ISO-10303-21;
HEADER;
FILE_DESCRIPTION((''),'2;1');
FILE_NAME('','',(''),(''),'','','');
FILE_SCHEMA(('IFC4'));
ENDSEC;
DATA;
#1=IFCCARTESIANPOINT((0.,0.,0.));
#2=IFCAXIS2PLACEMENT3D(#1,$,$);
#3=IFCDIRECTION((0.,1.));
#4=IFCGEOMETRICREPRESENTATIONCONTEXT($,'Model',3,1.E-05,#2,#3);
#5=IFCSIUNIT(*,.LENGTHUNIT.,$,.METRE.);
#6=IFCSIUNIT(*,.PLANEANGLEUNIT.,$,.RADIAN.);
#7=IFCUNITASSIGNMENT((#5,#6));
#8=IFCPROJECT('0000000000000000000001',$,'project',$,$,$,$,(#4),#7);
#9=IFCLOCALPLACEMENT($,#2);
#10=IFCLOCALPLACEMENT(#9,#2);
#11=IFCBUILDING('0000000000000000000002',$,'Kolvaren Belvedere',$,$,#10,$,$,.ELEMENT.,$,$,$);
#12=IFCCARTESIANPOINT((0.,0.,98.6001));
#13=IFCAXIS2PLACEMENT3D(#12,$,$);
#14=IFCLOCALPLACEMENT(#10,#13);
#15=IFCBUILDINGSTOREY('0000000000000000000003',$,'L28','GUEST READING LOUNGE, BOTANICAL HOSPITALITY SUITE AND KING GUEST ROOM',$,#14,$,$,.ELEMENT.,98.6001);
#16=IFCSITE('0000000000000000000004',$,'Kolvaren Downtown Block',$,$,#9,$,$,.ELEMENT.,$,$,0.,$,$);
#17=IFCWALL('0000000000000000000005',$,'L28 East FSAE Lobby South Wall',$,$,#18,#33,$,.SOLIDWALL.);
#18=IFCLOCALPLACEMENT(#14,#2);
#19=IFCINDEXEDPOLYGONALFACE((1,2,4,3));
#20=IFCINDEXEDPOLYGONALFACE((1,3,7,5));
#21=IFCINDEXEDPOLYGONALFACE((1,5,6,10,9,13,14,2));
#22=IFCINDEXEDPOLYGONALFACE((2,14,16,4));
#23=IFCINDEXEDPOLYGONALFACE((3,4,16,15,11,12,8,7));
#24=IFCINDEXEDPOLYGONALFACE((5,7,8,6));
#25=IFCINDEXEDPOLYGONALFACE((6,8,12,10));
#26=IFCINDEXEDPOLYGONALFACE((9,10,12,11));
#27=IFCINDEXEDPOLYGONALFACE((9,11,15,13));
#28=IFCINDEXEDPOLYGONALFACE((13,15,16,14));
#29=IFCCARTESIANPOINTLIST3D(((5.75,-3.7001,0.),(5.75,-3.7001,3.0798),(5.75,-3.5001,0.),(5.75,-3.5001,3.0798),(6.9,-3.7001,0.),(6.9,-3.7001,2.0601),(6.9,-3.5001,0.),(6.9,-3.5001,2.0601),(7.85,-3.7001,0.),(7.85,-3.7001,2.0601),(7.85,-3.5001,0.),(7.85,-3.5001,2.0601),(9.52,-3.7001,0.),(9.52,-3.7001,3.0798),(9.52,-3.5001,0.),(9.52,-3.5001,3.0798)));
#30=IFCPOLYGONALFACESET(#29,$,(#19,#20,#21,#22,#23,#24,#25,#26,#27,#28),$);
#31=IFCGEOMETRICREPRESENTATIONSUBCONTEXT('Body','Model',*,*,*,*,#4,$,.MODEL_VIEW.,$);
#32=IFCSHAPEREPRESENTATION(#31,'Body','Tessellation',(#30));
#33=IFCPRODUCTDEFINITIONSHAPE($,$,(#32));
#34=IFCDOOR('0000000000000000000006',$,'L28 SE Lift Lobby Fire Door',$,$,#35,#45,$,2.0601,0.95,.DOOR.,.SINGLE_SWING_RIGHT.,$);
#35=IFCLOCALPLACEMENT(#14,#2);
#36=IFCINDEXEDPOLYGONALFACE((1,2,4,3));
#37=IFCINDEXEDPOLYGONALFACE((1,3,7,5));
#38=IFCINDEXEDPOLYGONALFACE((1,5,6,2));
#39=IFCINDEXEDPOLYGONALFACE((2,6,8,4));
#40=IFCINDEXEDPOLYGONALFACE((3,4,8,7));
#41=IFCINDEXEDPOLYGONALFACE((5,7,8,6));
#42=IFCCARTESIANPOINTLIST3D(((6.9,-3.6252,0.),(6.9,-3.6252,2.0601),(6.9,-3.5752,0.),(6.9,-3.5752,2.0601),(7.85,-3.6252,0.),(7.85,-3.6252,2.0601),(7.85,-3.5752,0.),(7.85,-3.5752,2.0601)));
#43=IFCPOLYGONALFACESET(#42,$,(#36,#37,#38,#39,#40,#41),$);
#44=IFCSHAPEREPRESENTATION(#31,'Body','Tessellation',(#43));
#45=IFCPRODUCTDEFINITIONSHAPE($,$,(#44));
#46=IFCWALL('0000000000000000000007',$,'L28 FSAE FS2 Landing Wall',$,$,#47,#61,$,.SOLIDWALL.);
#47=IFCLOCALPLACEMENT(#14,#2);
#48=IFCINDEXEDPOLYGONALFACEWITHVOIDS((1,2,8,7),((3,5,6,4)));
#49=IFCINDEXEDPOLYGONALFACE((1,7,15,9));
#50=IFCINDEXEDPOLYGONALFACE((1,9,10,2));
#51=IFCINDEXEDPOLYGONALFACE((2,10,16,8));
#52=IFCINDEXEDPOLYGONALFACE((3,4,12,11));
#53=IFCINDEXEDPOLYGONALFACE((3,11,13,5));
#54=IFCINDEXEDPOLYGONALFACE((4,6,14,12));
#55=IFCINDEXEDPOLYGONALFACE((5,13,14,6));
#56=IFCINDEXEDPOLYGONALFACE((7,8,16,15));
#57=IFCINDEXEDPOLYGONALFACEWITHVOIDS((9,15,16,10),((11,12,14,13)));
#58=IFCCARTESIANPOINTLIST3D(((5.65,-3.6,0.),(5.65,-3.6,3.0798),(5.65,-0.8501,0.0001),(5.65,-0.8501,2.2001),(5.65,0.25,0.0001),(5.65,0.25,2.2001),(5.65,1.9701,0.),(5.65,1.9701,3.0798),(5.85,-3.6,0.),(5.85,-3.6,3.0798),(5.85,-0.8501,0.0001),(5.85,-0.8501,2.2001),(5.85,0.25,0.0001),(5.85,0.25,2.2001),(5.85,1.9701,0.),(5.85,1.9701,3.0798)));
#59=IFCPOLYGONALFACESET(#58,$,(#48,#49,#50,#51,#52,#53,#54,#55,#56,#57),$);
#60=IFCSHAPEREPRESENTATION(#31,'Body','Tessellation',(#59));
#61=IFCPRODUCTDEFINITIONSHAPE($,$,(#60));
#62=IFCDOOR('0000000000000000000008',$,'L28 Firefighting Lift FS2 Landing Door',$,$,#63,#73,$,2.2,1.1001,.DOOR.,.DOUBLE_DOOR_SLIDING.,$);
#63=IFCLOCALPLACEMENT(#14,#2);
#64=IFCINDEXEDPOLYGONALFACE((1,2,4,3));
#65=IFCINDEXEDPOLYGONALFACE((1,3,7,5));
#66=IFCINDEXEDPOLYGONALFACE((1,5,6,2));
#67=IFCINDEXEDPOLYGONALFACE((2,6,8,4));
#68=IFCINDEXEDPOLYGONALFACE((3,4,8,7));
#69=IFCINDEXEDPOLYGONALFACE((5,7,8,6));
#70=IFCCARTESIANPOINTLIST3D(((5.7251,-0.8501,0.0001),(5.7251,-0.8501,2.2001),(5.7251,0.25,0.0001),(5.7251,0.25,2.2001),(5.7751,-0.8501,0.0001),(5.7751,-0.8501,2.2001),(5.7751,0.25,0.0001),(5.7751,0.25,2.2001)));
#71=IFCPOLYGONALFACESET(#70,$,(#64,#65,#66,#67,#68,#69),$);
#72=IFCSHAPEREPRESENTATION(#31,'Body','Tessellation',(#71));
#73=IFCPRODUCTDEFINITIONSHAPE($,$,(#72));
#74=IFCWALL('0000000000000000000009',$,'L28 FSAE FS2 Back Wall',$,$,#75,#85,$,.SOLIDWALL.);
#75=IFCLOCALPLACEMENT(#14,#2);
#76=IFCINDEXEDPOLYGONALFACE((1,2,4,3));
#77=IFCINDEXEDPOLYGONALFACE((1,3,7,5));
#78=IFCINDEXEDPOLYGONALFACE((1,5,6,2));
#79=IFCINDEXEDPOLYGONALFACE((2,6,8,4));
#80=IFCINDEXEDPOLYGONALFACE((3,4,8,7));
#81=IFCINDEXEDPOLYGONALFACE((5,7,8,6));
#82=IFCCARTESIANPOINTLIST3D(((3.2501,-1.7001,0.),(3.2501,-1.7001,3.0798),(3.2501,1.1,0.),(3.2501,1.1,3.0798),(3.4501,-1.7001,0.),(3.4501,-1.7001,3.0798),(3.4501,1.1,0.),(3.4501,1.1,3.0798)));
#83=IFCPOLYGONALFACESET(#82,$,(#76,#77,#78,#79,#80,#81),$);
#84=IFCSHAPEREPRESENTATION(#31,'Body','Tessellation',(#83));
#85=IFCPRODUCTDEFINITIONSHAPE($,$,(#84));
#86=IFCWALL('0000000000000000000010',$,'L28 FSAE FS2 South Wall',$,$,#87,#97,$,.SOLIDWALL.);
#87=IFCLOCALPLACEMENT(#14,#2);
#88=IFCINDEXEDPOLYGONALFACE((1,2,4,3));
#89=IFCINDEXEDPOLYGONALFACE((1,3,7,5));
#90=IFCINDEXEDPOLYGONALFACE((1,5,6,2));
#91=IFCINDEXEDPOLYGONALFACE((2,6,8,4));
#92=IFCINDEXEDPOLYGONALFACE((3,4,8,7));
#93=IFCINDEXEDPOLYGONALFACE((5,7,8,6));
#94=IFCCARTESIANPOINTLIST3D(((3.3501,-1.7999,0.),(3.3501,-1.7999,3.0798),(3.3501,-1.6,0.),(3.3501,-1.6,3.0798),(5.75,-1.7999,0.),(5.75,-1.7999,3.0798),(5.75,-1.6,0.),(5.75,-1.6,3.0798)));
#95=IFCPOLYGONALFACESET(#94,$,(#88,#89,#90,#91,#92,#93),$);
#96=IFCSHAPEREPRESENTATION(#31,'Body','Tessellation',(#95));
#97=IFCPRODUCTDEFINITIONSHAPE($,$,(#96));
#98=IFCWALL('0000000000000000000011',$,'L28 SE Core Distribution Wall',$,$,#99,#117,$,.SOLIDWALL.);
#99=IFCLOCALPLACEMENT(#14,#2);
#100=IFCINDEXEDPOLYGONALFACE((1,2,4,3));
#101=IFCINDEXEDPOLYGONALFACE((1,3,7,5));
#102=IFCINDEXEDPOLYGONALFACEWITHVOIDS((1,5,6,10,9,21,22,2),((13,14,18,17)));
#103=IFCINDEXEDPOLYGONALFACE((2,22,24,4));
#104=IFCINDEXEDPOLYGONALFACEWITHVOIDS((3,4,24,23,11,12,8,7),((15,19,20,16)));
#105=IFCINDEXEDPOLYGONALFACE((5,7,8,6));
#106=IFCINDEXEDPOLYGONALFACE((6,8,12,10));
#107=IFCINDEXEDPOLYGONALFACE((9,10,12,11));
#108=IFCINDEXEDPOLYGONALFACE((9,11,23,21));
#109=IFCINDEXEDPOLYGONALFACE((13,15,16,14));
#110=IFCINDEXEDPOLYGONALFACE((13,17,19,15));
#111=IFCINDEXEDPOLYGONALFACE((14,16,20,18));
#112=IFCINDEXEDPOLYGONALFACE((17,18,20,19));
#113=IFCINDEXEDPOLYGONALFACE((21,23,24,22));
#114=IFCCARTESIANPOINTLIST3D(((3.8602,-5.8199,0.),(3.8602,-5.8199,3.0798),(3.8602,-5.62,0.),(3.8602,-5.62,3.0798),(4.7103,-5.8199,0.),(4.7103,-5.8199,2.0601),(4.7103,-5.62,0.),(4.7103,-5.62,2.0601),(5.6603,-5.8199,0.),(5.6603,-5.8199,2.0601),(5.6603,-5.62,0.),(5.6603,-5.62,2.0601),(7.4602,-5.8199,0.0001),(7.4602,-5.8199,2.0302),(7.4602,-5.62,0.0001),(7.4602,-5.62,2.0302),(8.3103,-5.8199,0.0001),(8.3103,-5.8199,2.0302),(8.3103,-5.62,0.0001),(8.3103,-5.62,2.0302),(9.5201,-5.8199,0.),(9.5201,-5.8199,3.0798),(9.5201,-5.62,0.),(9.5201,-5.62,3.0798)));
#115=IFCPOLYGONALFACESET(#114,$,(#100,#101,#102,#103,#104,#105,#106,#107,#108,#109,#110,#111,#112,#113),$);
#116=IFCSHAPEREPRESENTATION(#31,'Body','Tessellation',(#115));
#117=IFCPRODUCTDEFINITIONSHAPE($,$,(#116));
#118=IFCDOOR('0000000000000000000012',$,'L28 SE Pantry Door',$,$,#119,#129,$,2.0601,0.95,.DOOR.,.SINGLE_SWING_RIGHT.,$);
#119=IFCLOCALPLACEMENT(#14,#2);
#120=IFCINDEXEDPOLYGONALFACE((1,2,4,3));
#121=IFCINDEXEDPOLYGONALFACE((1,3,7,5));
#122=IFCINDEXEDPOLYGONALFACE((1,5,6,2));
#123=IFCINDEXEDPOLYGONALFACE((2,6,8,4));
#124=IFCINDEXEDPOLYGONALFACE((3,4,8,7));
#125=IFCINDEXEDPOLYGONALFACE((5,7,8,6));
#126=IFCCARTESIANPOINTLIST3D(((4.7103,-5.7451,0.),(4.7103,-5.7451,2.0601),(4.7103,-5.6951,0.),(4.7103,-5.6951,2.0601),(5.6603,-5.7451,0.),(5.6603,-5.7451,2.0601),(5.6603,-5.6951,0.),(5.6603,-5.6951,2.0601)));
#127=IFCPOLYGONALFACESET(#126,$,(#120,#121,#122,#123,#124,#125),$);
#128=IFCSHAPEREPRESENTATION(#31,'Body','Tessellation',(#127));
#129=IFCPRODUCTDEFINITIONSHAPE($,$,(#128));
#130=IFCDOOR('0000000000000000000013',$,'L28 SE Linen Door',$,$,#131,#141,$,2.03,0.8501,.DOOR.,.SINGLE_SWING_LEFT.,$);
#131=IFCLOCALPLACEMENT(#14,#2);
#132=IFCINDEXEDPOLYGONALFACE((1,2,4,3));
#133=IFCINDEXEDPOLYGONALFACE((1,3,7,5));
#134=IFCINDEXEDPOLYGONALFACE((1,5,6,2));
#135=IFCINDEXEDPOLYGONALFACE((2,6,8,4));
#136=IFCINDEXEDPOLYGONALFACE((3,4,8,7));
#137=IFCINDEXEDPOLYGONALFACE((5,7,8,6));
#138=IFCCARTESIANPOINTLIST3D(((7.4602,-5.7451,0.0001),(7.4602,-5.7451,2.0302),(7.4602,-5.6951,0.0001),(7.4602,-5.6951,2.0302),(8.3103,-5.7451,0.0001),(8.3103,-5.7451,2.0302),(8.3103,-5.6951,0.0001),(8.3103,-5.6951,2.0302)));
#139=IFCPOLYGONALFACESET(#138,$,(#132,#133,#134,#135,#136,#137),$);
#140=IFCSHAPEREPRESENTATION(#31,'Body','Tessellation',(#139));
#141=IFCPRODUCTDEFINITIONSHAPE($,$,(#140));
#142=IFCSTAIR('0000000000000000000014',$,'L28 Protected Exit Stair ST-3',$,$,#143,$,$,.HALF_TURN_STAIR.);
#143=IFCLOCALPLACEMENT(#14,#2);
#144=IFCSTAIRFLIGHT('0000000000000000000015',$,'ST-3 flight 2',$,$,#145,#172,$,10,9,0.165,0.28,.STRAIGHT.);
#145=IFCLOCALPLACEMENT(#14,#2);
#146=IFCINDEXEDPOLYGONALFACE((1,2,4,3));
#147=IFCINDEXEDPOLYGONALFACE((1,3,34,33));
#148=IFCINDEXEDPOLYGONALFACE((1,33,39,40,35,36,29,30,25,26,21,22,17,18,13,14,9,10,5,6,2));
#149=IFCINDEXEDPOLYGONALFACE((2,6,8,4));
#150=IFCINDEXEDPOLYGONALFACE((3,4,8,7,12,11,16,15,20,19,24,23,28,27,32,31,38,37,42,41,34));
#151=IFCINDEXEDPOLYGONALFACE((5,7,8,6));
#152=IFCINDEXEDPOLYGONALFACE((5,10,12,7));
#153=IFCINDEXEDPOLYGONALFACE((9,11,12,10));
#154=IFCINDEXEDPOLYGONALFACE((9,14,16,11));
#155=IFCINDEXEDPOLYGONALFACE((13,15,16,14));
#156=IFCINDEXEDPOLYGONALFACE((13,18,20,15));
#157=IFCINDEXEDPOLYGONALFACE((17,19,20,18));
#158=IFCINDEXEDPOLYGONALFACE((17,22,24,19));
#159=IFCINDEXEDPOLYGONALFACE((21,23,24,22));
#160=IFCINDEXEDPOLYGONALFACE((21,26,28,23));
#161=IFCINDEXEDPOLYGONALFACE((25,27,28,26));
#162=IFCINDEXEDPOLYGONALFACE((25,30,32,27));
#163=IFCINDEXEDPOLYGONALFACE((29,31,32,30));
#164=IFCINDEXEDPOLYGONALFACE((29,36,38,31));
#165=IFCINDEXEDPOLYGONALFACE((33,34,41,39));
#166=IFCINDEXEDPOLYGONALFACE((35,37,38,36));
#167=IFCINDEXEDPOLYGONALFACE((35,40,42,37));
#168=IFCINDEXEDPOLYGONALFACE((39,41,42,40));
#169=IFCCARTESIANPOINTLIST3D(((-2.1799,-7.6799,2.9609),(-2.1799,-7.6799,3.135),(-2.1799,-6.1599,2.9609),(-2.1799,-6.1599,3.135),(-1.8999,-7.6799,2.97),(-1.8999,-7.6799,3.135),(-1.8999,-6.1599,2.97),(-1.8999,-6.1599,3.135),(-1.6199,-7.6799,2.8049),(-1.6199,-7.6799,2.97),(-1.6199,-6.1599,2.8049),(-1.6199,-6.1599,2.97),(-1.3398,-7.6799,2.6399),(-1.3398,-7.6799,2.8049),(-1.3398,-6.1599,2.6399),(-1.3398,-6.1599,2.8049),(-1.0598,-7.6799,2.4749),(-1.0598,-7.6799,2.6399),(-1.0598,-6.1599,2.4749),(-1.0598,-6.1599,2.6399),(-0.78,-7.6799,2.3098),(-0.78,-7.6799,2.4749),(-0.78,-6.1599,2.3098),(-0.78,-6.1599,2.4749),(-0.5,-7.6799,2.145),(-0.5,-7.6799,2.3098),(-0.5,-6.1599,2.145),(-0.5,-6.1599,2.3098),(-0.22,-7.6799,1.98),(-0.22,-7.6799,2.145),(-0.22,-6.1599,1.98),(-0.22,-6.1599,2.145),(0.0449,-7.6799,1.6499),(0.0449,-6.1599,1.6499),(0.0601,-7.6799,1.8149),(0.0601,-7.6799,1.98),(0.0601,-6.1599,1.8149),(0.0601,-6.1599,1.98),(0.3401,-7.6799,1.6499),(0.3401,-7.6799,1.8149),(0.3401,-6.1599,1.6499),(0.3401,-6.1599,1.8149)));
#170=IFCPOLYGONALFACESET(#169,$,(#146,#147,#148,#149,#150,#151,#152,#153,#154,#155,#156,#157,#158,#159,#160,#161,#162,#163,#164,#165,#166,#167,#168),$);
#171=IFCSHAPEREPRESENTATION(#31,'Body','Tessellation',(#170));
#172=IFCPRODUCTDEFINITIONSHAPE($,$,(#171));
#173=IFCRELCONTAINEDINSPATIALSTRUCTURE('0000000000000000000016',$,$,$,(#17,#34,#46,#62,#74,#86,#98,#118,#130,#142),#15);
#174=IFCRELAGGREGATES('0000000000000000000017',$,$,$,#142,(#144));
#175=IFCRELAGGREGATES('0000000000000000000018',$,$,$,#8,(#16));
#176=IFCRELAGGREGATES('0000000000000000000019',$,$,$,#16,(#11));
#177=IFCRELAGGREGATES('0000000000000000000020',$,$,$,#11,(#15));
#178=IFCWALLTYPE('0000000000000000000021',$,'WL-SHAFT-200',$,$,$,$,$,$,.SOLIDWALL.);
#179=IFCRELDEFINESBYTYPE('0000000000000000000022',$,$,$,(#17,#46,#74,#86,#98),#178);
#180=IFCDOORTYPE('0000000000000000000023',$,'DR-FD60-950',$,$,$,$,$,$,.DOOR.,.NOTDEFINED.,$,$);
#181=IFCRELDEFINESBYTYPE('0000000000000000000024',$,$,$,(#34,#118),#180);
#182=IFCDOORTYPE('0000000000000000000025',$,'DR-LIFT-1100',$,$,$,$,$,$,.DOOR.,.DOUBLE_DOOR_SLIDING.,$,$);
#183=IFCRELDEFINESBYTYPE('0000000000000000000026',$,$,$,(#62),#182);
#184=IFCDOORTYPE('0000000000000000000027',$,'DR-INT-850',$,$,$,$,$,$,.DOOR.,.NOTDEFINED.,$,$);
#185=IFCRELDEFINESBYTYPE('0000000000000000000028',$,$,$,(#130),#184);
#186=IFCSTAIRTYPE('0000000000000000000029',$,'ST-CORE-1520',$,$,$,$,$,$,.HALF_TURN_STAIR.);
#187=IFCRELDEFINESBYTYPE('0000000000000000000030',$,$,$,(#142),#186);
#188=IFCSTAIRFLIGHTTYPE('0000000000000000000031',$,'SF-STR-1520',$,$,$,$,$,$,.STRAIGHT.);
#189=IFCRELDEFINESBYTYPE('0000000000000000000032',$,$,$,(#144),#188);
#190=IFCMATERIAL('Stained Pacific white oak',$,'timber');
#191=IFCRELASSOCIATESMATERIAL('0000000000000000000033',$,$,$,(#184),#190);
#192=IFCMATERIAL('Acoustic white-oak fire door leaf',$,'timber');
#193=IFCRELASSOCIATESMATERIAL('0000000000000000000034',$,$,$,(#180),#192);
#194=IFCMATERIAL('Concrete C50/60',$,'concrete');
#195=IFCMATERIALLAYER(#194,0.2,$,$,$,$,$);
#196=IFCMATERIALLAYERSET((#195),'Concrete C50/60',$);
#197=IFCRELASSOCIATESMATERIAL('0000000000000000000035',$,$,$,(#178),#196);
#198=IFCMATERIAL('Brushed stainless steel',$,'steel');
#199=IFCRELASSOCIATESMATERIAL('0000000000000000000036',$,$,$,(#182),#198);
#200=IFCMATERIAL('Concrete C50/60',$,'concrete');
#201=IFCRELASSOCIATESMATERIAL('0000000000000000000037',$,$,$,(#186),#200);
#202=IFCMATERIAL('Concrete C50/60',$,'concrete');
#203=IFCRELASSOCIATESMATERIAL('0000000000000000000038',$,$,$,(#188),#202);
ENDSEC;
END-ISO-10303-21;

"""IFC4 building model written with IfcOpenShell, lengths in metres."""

from ifc_helpers import new_model, si_unit, direction, frame, frame_2d, origin, place, context, subcontext, project, spatial, polyline, rectangle, outline, extrude, material, layer, layer_set, type_object, element, fill, aggregate, save


model = new_model("IFC4")

# Units and contexts
model_context = context("Model", 3, precision=1e-05, world=origin(), true_north=direction((0.0, 1.0)))
body_context = subcontext(model_context, "Body", "Model", "MODEL_VIEW")
ifc_project = project(units=[si_unit("LENGTHUNIT", "METRE"), si_unit("PLANEANGLEUNIT", "RADIAN")], contexts=[model_context])

# Site, building, storey
site_placement = place(None, origin())
site = spatial("IfcSite", under=ifc_project, at=site_placement, Name="Kolvaren Downtown Block", CompositionType="ELEMENT", RefElevation=0.0)
building_placement = place(site_placement, origin())
building = spatial("IfcBuilding", under=site, at=building_placement, Name="Kolvaren Belvedere", CompositionType="ELEMENT")
storey_placement = place(building_placement, frame((0.0, 0.0, 98.6001)))
storey = spatial("IfcBuildingStorey", under=building, at=storey_placement, Name="L28", Description="GUEST READING LOUNGE, BOTANICAL HOSPITALITY SUITE AND KING GUEST ROOM", CompositionType="ELEMENT", Elevation=98.6001)

# Shared definitions
ifc_material_1 = material(Name="Stained Pacific white oak", Category="timber")
door_type_1 = type_object("IfcDoorType", Name="DR-INT-850", OperationType="NOTDEFINED", PredefinedType="DOOR", material=ifc_material_1)

# Walls, openings, doors
ifc_material_2 = material(Name="Acoustic white-oak fire door leaf", Category="timber")
door_type_2 = type_object("IfcDoorType", Name="DR-FD60-950", OperationType="NOTDEFINED", PredefinedType="DOOR", material=ifc_material_2)
ifc_material_3 = material(Name="Concrete C50/60", Category="concrete")
ifc_layer_1 = layer(ifc_material_3, 0.2)
ifc_layer_set_1 = layer_set([ifc_layer_1], Name="Concrete C50/60")
wall_type_1 = type_object("IfcWallType", Name="WL-SHAFT-200", PredefinedType="SOLIDWALL", material=ifc_layer_set_1)
wall_1_placement = place(storey_placement, frame((5.75, -3.6001, 0.0), z_axis=(0.0, 0.0, 1.0), x_axis=(1.0, 0.0, 0.0)))
wall_1 = element("IfcWall", 1, at=wall_1_placement, inside=storey, type_object=wall_type_1, Name="L28 East FSAE Lobby South Wall", PredefinedType="SOLIDWALL", context=body_context, shape_type="SweptSolid", body=[
    extrude(rectangle(XDim=3.77, YDim=0.2, at=frame_2d((1.885, 0.0))), origin(), (0.0, 0.0, 1.0), 3.0798),
])
opening_1_placement = place(wall_1_placement, frame((1.1499, 0.0, 0.0)))
opening_1 = element("IfcOpeningElement", 2, at=opening_1_placement, cuts=wall_1, PredefinedType="OPENING", context=body_context, shape_type="SweptSolid", body=[
    extrude(rectangle(XDim=0.95, YDim=2.0601, at=frame_2d((0.4751, 1.03))), frame((0.0, 0.1099, 0.0), z_axis=(0.0, -1.0, 0.0), x_axis=(1.0, 0.0, 0.0)), (0.0, 0.0, 1.0), 0.22),
])
door_1_placement = place(opening_1_placement, origin())
door_1 = element("IfcDoor", 3, at=door_1_placement, inside=storey, type_object=door_type_2, Name="L28 SE Lift Lobby Fire Door", OperationType="SINGLE_SWING_RIGHT", OverallHeight=2.0601, OverallWidth=0.95, PredefinedType="DOOR", context=body_context, shape_type="SweptSolid", body=[
    extrude(rectangle(XDim=0.95, YDim=2.0601, at=frame_2d((0.4751, 1.03))), frame((0.0, 0.0249, 0.0), z_axis=(0.0, -1.0, 0.0), x_axis=(1.0, 0.0, 0.0)), (0.0, 0.0, 1.0), 0.05),
])
fill(opening_1, door_1)
wall_2_placement = place(storey_placement, frame((5.75, -3.6001, 0.0), z_axis=(0.0, 0.0, 1.0), x_axis=(0.0, 1.0, 0.0)))
wall_2 = element("IfcWall", 4, at=wall_2_placement, inside=storey, type_object=wall_type_1, Name="L28 FSAE FS2 Landing Wall", PredefinedType="SOLIDWALL", context=body_context, shape_type="SweptSolid", body=[
    extrude(rectangle(XDim=5.5701, YDim=0.2, at=frame_2d((2.7852, 0.0))), origin(), (0.0, 0.0, 1.0), 3.0798),
])
opening_2_placement = place(wall_2_placement, frame((2.75, 0.0, 0.0)))
opening_2 = element("IfcOpeningElement", 5, at=opening_2_placement, cuts=wall_2, PredefinedType="OPENING", context=body_context, shape_type="SweptSolid", body=[
    extrude(rectangle(XDim=1.1001, YDim=2.2, at=frame_2d((0.55, 1.1001))), frame((0.0, 0.1099, 0.0), z_axis=(0.0, -1.0, 0.0), x_axis=(1.0, 0.0, 0.0)), (0.0, 0.0, 1.0), 0.22),
])
ifc_material_4 = material(Name="Brushed stainless steel", Category="steel")
door_type_3 = type_object("IfcDoorType", Name="DR-LIFT-1100", OperationType="DOUBLE_DOOR_SLIDING", PredefinedType="DOOR", material=ifc_material_4)
door_2_placement = place(opening_2_placement, origin())
door_2 = element("IfcDoor", 6, at=door_2_placement, inside=storey, type_object=door_type_3, Name="L28 Firefighting Lift FS2 Landing Door", OperationType="DOUBLE_DOOR_SLIDING", OverallHeight=2.2, OverallWidth=1.1001, PredefinedType="DOOR", context=body_context, shape_type="SweptSolid", body=[
    extrude(rectangle(XDim=1.1001, YDim=2.2, at=frame_2d((0.55, 1.1001))), frame((0.0, 0.0249, 0.0), z_axis=(0.0, -1.0, 0.0), x_axis=(1.0, 0.0, 0.0)), (0.0, 0.0, 1.0), 0.05),
])
fill(opening_2, door_2)

# Walls
wall_3_placement = place(storey_placement, frame((3.3501, -1.7, 0.0), z_axis=(0.0, 0.0, 1.0), x_axis=(0.0, 1.0, 0.0)))
element("IfcWall", 7, at=wall_3_placement, inside=storey, type_object=wall_type_1, Name="L28 FSAE FS2 Back Wall", PredefinedType="SOLIDWALL", context=body_context, shape_type="SweptSolid", body=[
    extrude(rectangle(XDim=2.8, YDim=0.2, at=frame_2d((1.3999, 0.0))), origin(), (0.0, 0.0, 1.0), 3.0798),
])
wall_4_placement = place(storey_placement, frame((3.3501, -1.7, 0.0), z_axis=(0.0, 0.0, 1.0), x_axis=(1.0, 0.0, 0.0)))
element("IfcWall", 8, at=wall_4_placement, inside=storey, type_object=wall_type_1, Name="L28 FSAE FS2 South Wall", PredefinedType="SOLIDWALL", context=body_context, shape_type="SweptSolid", body=[
    extrude(rectangle(XDim=2.3999, YDim=0.2, at=frame_2d((1.2, 0.0))), origin(), (0.0, 0.0, 1.0), 3.0798),
])

# Wall, openings, doors
wall_5_placement = place(storey_placement, frame((3.8601, -5.72, 0.0), z_axis=(0.0, 0.0, 1.0), x_axis=(1.0, 0.0, 0.0)))
wall_5 = element("IfcWall", 9, at=wall_5_placement, inside=storey, type_object=wall_type_1, Name="L28 SE Core Distribution Wall", PredefinedType="SOLIDWALL", context=body_context, shape_type="SweptSolid", body=[
    extrude(rectangle(XDim=5.6599, YDim=0.2, at=frame_2d((2.8301, 0.0))), origin(), (0.0, 0.0, 1.0), 3.0798),
])
opening_3_placement = place(wall_5_placement, frame((0.8501, 0.0, 0.0)))
opening_3 = element("IfcOpeningElement", 10, at=opening_3_placement, cuts=wall_5, PredefinedType="OPENING", context=body_context, shape_type="SweptSolid", body=[
    extrude(rectangle(XDim=0.95, YDim=2.0601, at=frame_2d((0.4751, 1.03))), frame((0.0, 0.1099, 0.0), z_axis=(0.0, -1.0, 0.0), x_axis=(1.0, 0.0, 0.0)), (0.0, 0.0, 1.0), 0.22),
])
opening_4_placement = place(wall_5_placement, frame((3.6001, 0.0, 0.0)))
opening_4 = element("IfcOpeningElement", 11, at=opening_4_placement, cuts=wall_5, PredefinedType="OPENING", context=body_context, shape_type="SweptSolid", body=[
    extrude(rectangle(XDim=0.8501, YDim=2.03, at=frame_2d((0.425, 1.0151))), frame((0.0, 0.1099, 0.0), z_axis=(0.0, -1.0, 0.0), x_axis=(1.0, 0.0, 0.0)), (0.0, 0.0, 1.0), 0.22),
])
door_3_placement = place(opening_3_placement, origin())
door_3 = element("IfcDoor", 12, at=door_3_placement, inside=storey, type_object=door_type_2, Name="L28 SE Pantry Door", OperationType="SINGLE_SWING_RIGHT", OverallHeight=2.0601, OverallWidth=0.95, PredefinedType="DOOR", context=body_context, shape_type="SweptSolid", body=[
    extrude(rectangle(XDim=0.95, YDim=2.0601, at=frame_2d((0.4751, 1.03))), frame((0.0, 0.0249, 0.0), z_axis=(0.0, -1.0, 0.0), x_axis=(1.0, 0.0, 0.0)), (0.0, 0.0, 1.0), 0.05),
])
fill(opening_3, door_3)
door_4_placement = place(opening_4_placement, origin())
door_4 = element("IfcDoor", 13, at=door_4_placement, inside=storey, type_object=door_type_1, Name="L28 SE Linen Door", OperationType="SINGLE_SWING_LEFT", OverallHeight=2.03, OverallWidth=0.8501, PredefinedType="DOOR", context=body_context, shape_type="SweptSolid", body=[
    extrude(rectangle(XDim=0.8501, YDim=2.03, at=frame_2d((0.425, 1.0151))), frame((0.0, 0.0249, 0.0), z_axis=(0.0, -1.0, 0.0), x_axis=(1.0, 0.0, 0.0)), (0.0, 0.0, 1.0), 0.05),
])
fill(opening_4, door_4)

# Stair, stair flight
ifc_material_5 = material(Name="Concrete C50/60", Category="concrete")
stair_type = type_object("IfcStairType", Name="ST-CORE-1520", PredefinedType="HALF_TURN_STAIR", material=ifc_material_5)
stair_placement = place(storey_placement, origin())
stair = element("IfcStair", 14, at=stair_placement, inside=storey, type_object=stair_type, Name="L28 Protected Exit Stair ST-3", PredefinedType="HALF_TURN_STAIR")
ifc_material_6 = material(Name="Concrete C50/60", Category="concrete")
stair_flight_type = type_object("IfcStairFlightType", Name="SF-STR-1520", PredefinedType="STRAIGHT", material=ifc_material_6)
stair_flight_placement = place(storey_placement, frame((0.3401, -6.9199, 1.6499), z_axis=(0.0, 0.0, 1.0), x_axis=(-1.0, 0.0, 0.0)))
stair_flight = element("IfcStairFlight", 15, at=stair_flight_placement, type_object=stair_flight_type, Name="ST-3 flight 2", NumberOfRisers=10, NumberOfTreads=9, PredefinedType="STRAIGHT", RiserHeight=0.165, TreadLength=0.28, context=body_context, shape_type="SweptSolid", body=[
    extrude(outline(polyline([(0.0, 0.0), (0.0, 0.165), (0.28, 0.165), (0.28, 0.3301), (0.5601, 0.3301), (0.5601, 0.4951), (0.8401, 0.4951), (0.8401, 0.6599), (1.1201, 0.6599), (1.1201, 0.825), (1.3999, 0.825), (1.3999, 0.99), (1.6799, 0.99), (1.6799, 1.155), (1.96, 1.155), (1.96, 1.3201), (2.24, 1.3201), (2.24, 1.4851), (2.52, 1.4851), (2.52, 1.6499), (2.52, 1.311), (0.2952, 0.0), (0.0, 0.0)])), frame((0.0, 0.76, 0.0), z_axis=(0.0, -1.0, 0.0), x_axis=(1.0, 0.0, 0.0)), (0.0, 0.0, 1.0), 1.52),
])
aggregate(stair, [stair_flight])

save(model, "model.ifc")
